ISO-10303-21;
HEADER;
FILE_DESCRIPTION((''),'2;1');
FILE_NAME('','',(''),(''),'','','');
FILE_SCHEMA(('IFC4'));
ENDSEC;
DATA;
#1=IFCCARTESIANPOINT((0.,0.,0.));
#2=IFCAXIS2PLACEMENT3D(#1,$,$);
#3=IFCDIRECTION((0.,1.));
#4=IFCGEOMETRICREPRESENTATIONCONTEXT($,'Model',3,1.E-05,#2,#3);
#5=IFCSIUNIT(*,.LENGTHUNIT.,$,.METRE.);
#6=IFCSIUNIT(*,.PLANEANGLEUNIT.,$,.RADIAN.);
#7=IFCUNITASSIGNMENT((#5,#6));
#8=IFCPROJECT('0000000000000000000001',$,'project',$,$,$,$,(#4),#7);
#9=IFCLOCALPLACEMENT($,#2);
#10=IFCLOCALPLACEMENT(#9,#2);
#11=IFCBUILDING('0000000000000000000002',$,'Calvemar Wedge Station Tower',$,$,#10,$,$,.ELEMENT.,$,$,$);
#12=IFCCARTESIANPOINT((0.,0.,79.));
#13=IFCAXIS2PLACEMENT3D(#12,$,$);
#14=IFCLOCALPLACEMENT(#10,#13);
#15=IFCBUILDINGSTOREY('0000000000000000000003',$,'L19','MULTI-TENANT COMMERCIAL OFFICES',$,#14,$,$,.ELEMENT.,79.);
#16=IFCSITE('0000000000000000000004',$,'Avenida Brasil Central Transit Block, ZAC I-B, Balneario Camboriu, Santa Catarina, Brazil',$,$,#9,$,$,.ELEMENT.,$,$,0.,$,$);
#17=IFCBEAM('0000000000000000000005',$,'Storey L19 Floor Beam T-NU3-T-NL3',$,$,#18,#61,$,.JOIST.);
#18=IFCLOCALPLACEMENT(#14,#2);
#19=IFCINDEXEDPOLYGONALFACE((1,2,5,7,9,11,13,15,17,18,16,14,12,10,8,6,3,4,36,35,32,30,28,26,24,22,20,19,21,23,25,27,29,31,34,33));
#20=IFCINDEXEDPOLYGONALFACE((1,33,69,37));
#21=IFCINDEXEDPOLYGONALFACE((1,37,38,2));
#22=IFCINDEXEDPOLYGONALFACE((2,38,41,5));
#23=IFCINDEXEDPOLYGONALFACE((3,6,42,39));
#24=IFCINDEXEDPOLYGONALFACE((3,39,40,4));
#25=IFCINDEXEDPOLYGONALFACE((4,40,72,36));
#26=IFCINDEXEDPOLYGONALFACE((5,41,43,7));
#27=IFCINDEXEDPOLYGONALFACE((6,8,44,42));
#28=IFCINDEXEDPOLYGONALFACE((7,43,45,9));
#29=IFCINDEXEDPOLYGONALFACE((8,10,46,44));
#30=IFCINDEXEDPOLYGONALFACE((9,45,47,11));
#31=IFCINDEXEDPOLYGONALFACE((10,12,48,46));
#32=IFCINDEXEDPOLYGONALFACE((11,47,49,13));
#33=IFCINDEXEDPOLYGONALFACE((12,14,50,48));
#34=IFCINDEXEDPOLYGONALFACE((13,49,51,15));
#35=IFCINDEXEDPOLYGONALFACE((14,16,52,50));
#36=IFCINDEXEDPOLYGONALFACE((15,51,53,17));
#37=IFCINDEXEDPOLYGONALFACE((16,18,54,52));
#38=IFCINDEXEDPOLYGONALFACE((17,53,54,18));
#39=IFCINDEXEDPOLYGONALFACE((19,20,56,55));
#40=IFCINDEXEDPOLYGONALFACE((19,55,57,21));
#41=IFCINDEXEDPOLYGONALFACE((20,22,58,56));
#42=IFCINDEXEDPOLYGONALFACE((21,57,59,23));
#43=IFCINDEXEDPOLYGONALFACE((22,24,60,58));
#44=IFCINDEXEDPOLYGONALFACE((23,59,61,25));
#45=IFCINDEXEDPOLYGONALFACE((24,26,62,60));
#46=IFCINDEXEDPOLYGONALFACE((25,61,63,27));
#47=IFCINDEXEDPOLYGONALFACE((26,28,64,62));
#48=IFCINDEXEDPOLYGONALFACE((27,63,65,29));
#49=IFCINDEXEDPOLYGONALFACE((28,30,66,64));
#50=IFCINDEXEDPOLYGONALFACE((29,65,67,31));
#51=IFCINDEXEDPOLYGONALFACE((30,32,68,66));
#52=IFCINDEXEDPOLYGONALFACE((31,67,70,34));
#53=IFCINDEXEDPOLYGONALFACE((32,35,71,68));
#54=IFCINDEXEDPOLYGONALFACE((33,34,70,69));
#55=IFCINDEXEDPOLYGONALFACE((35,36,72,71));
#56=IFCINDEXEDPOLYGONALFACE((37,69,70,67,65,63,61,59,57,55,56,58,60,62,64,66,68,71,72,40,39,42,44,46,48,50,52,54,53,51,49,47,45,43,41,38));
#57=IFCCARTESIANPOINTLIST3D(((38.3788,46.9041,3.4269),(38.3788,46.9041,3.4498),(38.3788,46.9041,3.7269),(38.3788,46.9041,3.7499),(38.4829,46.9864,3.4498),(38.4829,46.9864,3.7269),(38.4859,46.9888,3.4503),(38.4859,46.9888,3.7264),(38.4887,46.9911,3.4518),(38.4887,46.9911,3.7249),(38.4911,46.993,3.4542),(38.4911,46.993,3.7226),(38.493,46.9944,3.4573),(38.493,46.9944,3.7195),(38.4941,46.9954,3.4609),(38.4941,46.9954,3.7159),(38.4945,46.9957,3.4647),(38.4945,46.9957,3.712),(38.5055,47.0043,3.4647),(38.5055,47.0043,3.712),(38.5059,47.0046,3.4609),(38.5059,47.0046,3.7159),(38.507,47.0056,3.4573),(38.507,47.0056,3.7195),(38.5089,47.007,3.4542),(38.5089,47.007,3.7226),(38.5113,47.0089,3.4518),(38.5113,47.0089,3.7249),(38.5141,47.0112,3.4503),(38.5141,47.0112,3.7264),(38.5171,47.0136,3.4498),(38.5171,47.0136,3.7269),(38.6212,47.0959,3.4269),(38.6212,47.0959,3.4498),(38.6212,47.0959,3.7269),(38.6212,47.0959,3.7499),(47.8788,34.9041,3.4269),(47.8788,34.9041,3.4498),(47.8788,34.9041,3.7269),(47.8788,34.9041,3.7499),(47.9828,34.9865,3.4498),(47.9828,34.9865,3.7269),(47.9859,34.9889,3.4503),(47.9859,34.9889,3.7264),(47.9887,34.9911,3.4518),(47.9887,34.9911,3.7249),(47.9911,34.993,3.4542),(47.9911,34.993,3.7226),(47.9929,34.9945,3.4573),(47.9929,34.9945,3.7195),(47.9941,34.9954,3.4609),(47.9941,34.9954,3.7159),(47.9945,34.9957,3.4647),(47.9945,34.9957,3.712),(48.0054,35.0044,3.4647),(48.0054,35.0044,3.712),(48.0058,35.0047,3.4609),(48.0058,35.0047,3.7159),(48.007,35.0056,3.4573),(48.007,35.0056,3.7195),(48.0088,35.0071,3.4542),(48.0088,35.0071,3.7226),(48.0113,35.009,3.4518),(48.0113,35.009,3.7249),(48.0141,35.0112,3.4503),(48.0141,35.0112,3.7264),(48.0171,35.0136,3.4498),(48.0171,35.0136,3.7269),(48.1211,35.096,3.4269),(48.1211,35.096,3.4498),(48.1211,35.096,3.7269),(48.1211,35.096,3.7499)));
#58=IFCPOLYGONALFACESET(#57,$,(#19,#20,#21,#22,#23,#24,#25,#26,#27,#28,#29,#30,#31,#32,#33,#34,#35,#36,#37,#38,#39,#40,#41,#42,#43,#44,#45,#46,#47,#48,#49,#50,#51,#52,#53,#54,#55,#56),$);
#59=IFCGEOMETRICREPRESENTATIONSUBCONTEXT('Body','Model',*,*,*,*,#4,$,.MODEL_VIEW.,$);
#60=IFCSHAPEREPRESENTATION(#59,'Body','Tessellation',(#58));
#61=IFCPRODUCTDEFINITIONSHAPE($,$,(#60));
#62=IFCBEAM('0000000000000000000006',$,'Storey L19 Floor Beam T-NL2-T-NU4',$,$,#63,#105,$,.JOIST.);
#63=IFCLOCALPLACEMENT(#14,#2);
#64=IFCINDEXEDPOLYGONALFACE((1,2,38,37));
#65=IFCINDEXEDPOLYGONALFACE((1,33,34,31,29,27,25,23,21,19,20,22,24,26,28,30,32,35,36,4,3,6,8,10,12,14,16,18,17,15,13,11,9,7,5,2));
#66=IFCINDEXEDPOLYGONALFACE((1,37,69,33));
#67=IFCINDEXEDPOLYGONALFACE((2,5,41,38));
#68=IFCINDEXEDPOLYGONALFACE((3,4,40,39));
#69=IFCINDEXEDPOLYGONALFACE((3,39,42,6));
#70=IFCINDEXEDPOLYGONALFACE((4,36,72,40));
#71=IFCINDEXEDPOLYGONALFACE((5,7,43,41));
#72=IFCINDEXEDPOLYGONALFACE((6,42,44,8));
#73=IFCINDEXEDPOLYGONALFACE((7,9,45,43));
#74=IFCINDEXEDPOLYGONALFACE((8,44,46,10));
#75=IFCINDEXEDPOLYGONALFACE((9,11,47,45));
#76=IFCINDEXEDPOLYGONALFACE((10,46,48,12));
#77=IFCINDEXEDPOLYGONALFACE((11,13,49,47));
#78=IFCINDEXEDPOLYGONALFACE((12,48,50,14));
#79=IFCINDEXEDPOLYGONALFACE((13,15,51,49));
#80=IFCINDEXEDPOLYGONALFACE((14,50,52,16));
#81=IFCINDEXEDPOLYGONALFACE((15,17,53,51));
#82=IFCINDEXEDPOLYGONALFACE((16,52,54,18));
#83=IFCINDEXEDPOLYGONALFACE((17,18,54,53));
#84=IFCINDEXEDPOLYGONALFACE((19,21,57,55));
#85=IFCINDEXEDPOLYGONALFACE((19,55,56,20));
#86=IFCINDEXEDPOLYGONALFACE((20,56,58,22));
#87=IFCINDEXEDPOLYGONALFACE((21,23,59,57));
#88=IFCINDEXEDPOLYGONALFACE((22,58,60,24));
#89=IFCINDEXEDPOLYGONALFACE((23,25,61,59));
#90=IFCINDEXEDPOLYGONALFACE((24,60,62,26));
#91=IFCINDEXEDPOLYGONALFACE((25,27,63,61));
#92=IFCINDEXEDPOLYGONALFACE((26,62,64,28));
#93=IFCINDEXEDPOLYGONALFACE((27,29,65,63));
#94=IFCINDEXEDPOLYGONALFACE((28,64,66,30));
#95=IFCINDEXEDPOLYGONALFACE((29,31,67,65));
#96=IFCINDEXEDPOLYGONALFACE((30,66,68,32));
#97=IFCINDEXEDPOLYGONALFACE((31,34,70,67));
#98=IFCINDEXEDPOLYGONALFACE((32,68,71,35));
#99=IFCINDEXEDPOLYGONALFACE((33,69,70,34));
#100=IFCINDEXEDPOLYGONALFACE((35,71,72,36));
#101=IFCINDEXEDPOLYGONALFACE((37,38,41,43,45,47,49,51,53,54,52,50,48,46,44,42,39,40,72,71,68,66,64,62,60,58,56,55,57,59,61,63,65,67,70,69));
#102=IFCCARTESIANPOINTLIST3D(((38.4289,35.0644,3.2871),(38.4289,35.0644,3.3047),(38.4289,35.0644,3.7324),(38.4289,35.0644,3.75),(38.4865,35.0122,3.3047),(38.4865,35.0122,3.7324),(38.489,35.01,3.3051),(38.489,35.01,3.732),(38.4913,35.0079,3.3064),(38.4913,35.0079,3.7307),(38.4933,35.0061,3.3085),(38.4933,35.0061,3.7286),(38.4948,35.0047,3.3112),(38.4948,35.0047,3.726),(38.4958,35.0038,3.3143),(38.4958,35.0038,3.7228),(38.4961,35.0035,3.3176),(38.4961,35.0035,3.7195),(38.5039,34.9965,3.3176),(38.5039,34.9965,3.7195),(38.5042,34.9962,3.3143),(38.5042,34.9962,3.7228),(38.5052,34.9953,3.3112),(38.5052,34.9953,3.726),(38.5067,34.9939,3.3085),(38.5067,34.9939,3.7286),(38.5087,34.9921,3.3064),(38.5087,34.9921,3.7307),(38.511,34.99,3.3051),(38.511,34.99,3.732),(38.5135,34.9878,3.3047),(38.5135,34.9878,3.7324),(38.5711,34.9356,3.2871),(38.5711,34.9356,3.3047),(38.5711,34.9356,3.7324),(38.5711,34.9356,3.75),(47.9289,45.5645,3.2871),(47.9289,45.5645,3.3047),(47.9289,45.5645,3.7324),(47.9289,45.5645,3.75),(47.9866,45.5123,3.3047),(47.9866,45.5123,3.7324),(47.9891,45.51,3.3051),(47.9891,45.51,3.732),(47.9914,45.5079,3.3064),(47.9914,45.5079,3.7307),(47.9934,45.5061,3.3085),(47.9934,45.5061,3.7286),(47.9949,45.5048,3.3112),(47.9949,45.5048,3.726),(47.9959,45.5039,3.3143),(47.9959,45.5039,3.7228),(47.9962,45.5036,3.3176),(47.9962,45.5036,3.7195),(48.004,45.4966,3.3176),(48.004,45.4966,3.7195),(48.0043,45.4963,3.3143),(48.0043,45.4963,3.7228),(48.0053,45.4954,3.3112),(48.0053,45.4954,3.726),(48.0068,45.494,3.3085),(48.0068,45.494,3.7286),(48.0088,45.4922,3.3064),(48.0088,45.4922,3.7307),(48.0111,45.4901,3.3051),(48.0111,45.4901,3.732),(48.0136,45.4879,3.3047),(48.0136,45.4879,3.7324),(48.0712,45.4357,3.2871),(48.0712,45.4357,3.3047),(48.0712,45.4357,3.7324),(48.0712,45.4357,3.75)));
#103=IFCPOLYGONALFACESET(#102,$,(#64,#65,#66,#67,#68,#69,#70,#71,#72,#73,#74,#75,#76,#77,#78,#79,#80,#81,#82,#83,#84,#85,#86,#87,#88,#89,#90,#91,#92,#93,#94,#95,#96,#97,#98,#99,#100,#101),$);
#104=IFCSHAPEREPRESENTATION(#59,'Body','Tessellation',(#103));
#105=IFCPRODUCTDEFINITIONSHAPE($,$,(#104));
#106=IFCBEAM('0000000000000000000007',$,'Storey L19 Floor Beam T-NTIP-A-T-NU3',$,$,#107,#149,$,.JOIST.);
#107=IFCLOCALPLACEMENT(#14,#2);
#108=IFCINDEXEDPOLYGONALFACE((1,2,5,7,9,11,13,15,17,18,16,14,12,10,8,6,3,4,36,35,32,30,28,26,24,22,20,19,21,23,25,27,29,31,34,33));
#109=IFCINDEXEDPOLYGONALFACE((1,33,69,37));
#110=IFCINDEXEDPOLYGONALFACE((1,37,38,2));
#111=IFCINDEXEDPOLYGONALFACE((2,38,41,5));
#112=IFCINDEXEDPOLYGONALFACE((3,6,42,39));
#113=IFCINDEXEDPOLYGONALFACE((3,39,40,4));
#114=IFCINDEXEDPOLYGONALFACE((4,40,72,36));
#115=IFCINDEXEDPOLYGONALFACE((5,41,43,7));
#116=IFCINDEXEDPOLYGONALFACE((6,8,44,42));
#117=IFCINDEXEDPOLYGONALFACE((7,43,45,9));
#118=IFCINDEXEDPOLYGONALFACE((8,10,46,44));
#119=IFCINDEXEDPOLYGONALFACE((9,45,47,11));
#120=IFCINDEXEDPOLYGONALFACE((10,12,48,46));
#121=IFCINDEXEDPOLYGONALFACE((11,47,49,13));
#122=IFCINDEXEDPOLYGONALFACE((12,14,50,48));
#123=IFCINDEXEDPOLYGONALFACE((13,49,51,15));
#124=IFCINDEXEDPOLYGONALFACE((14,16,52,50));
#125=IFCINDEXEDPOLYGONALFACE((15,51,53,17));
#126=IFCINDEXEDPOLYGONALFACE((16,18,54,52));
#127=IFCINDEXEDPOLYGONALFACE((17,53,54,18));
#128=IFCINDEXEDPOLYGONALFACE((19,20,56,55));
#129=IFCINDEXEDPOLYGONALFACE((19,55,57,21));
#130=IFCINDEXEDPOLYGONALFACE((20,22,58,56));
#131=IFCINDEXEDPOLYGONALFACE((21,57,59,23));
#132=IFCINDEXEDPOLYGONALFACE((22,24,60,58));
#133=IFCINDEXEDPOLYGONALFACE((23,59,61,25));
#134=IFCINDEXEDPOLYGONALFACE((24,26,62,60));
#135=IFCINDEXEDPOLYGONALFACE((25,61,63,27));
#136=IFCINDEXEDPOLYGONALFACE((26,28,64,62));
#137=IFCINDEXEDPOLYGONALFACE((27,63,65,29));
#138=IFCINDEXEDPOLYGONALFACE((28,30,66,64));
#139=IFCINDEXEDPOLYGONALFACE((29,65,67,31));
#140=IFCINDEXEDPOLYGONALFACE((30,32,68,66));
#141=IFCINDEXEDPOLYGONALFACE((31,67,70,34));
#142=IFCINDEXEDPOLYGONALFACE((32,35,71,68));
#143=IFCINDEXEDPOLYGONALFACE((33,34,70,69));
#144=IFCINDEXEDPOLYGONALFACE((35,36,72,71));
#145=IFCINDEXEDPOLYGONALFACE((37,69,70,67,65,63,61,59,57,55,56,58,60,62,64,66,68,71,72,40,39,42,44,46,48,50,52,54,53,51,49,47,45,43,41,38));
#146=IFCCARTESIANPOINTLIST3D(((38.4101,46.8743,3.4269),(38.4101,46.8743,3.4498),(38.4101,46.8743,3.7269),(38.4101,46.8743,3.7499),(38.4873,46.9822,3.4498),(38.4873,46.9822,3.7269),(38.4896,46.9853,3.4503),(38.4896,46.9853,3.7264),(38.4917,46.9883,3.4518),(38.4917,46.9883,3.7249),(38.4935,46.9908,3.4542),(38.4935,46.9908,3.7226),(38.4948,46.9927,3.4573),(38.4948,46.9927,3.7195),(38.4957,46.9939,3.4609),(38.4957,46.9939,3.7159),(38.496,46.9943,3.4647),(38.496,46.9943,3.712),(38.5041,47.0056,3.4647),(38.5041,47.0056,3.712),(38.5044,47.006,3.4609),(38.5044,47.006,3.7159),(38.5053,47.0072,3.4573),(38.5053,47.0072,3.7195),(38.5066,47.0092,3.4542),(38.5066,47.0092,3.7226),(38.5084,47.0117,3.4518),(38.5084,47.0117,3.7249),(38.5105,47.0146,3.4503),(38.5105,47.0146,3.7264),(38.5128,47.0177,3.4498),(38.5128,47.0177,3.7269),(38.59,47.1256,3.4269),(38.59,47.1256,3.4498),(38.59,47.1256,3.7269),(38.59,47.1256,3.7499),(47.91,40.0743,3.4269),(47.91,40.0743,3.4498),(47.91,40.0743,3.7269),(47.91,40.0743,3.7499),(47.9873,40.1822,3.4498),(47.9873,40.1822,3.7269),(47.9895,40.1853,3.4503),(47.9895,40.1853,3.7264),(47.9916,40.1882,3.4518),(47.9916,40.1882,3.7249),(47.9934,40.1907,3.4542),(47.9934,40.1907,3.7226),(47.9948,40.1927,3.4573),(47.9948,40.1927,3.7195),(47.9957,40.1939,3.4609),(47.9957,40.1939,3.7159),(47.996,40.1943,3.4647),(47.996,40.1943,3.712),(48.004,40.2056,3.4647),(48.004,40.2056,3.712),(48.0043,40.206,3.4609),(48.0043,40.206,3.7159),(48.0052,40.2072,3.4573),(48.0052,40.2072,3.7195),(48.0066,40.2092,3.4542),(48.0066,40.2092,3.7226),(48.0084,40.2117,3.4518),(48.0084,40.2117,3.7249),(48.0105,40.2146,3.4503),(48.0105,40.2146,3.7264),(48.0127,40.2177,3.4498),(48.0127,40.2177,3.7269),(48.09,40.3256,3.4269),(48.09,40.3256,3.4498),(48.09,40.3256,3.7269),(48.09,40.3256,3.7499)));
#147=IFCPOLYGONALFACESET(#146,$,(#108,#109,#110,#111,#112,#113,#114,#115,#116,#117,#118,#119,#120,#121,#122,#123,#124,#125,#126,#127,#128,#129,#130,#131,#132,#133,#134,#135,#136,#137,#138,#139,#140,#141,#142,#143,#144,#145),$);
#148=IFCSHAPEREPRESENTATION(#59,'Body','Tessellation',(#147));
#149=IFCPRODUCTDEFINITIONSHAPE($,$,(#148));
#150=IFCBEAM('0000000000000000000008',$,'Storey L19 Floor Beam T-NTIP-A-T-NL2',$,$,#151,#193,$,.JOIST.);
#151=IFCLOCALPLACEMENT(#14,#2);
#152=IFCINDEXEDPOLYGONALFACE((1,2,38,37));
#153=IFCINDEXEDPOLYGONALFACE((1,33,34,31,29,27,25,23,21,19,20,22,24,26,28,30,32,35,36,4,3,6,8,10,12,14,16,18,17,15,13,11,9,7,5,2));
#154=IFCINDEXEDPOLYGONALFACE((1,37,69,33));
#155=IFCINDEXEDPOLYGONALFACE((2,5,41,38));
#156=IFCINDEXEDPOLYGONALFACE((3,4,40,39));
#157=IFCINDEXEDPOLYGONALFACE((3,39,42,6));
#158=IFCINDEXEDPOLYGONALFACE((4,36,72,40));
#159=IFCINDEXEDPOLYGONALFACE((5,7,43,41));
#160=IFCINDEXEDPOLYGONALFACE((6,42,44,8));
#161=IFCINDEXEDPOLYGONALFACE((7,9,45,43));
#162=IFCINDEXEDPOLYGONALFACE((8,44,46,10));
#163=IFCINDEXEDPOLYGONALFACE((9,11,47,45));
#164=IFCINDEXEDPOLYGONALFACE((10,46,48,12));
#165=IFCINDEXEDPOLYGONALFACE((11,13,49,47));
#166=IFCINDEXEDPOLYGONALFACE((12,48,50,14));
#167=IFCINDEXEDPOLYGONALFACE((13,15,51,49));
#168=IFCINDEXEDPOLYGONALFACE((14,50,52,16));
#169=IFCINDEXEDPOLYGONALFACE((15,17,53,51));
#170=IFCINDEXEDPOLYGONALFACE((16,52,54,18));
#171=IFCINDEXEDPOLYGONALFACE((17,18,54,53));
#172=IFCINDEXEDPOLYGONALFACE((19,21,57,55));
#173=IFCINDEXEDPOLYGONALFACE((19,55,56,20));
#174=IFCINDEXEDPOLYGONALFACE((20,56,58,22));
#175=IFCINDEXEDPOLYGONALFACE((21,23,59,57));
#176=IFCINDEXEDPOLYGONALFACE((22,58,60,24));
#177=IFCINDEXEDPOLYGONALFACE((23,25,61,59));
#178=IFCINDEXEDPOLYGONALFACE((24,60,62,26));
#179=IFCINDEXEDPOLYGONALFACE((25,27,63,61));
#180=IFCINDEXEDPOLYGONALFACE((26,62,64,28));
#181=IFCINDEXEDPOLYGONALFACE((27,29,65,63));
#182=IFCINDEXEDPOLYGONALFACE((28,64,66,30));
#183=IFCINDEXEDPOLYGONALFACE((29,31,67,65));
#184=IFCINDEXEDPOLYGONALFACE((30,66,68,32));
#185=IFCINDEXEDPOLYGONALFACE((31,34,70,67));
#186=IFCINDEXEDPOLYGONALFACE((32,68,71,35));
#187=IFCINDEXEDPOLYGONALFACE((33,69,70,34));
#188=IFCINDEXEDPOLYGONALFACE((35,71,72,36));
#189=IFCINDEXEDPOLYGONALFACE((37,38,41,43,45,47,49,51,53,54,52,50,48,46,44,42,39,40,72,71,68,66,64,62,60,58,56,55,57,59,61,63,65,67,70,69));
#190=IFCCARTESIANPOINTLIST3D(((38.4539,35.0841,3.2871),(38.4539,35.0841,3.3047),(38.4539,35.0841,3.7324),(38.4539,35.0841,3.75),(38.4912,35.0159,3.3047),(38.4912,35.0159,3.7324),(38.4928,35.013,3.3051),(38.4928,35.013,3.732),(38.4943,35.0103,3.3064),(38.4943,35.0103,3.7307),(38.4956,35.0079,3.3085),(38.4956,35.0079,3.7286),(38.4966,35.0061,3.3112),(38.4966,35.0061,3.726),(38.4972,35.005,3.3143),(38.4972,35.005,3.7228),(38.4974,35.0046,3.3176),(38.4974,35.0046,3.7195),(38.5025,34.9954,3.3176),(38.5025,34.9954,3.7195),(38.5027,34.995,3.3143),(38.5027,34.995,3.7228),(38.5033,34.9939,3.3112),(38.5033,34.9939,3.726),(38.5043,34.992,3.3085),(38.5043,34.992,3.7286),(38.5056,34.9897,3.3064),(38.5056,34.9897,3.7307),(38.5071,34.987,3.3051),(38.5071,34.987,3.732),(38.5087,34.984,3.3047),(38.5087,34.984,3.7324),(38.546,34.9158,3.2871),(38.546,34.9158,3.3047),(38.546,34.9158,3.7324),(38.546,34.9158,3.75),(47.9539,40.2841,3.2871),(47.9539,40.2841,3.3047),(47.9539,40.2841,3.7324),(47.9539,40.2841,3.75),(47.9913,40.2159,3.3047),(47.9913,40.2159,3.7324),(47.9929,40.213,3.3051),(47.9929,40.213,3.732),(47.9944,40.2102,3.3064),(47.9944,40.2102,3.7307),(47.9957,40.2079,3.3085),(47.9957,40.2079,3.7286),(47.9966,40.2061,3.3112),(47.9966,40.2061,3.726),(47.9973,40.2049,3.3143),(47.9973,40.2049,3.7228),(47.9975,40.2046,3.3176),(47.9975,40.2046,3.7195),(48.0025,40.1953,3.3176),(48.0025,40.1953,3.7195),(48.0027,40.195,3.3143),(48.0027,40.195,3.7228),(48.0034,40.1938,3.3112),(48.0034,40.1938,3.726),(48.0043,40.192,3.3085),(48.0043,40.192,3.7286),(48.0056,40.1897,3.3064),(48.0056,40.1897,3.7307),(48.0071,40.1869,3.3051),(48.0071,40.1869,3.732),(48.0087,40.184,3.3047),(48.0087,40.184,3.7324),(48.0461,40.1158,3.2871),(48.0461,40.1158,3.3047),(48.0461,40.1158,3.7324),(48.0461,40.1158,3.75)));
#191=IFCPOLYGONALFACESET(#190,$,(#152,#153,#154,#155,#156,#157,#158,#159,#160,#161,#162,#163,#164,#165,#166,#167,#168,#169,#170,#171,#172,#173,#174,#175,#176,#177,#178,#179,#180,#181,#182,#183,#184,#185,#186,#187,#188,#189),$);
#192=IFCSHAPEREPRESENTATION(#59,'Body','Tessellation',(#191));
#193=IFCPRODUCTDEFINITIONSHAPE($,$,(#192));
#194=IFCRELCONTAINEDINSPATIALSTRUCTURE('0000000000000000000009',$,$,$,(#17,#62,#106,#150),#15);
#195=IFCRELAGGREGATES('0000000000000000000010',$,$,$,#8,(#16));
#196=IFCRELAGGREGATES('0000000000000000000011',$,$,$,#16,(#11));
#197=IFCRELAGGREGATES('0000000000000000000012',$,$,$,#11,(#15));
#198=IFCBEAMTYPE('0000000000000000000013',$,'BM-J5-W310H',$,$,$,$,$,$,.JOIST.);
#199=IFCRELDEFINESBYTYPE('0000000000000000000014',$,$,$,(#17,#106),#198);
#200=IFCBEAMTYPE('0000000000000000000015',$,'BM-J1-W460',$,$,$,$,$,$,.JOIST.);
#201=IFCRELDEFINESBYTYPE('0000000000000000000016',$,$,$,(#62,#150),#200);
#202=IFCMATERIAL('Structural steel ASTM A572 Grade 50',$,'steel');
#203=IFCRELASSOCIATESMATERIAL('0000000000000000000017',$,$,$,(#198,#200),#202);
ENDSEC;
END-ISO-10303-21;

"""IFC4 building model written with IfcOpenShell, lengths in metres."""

from ifc_helpers import new_model, si_unit, direction, frame, origin, origin_2d, place, context, subcontext, project, spatial, i_section, extrude, source, transform, mapped, material, material_profile, profile_set, type_object, element, save


model = new_model("IFC4")

# Units and contexts
model_context = context("Model", 3, precision=1e-05, world=origin(), true_north=direction((0.0, 1.0)))
body_context = subcontext(model_context, "Body", "Model", "MODEL_VIEW")
ifc_project = project(units=[si_unit("LENGTHUNIT", "METRE"), si_unit("PLANEANGLEUNIT", "RADIAN")], contexts=[model_context])

# Site, building, storey
site_placement = place(None, origin())
site = spatial("IfcSite", under=ifc_project, at=site_placement, Name="Avenida Brasil Central Transit Block, ZAC I-B, Balneario Camboriu, Santa Catarina, Brazil", CompositionType="ELEMENT", RefElevation=0.0)
building_placement = place(site_placement, origin())
building = spatial("IfcBuilding", under=site, at=building_placement, Name="Calvemar Wedge Station Tower", CompositionType="ELEMENT")
storey_placement = place(building_placement, frame((0.0, 0.0, 79.0)))
storey = spatial("IfcBuildingStorey", under=building, at=storey_placement, Name="L19", Description="MULTI-TENANT COMMERCIAL OFFICES", CompositionType="ELEMENT", Elevation=79.0)

# Shared definitions
ifc_material_1 = material(Name="Structural steel ASTM A572 Grade 50", Category="steel")

# Beams
ifc_material_profile_1 = material_profile(ifc_material_1, i_section(OverallWidth=0.3091, OverallDepth=0.323, WebThickness=0.0139, FlangeThickness=0.0229, FilletRadius=0.0149, at=origin_2d()), Name="W310x143")
ifc_profile_set_1 = profile_set([ifc_material_profile_1], Name="Structural steel ASTM A572 Grade 50")
beam_type_1 = type_object("IfcBeamType", Name="BM-J5-W310H", PredefinedType="JOIST", material=ifc_profile_set_1)
shared_shape_1 = source(origin(), body_context, "Body", "SweptSolid", [
    extrude(i_section(OverallWidth=0.3091, OverallDepth=0.323, WebThickness=0.0139, FlangeThickness=0.0229, FilletRadius=0.0149, at=origin_2d()), origin(), (0.0, 0.0, 1.0), 15.3052),
])
beam_1_placement = place(storey_placement, frame((38.5, 47.0, 3.5884), z_axis=(0.620703, -0.784046, 0.0), x_axis=(0.784046, 0.620703, 0.0)))
element("IfcBeam", 1, at=beam_1_placement, inside=storey, type_object=beam_type_1, Name="Storey L19 Floor Beam T-NU3-T-NL3", PredefinedType="JOIST", context=body_context, shape_type="MappedRepresentation", body=[
    mapped(shared_shape_1, transform((0.0, 0.0, 0.0), scale=1.0)),
])
ifc_material_profile_2 = material_profile(ifc_material_1, i_section(OverallWidth=0.1919, OverallDepth=0.4629, WebThickness=0.0105, FlangeThickness=0.0176, FilletRadius=0.0129, at=origin_2d()), Name="W460x89")
ifc_profile_set_2 = profile_set([ifc_material_profile_2], Name="Structural steel ASTM A572 Grade 50")
beam_type_2 = type_object("IfcBeamType", Name="BM-J1-W460", PredefinedType="JOIST", material=ifc_profile_set_2)
shared_shape_2 = source(origin(), body_context, "Body", "SweptSolid", [
    extrude(i_section(OverallWidth=0.1919, OverallDepth=0.4629, WebThickness=0.0105, FlangeThickness=0.0176, FilletRadius=0.0129, at=origin_2d()), origin(), (0.0, 0.0, 1.0), 14.1599),
])
beam_2_placement = place(storey_placement, frame((38.5, 35.0, 3.5186), z_axis=(0.670913, 0.741536, 0.0), x_axis=(-0.741536, 0.670913, 0.0)))
element("IfcBeam", 2, at=beam_2_placement, inside=storey, type_object=beam_type_2, Name="Storey L19 Floor Beam T-NL2-T-NU4", PredefinedType="JOIST", context=body_context, shape_type="MappedRepresentation", body=[
    mapped(shared_shape_2, transform((0.0, 0.0, 0.0), scale=1.0)),
])
shared_shape_3 = source(origin(), body_context, "Body", "SweptSolid", [
    extrude(i_section(OverallWidth=0.3091, OverallDepth=0.323, WebThickness=0.0139, FlangeThickness=0.0229, FilletRadius=0.0149, at=origin_2d()), origin(), (0.0, 0.0, 1.0), 11.6829),
])
beam_3_placement = place(storey_placement, frame((48.0, 40.2, 3.5884), z_axis=(-0.813153, 0.58205, 0.0), x_axis=(-0.58205, -0.813153, 0.0)))
element("IfcBeam", 3, at=beam_3_placement, inside=storey, type_object=beam_type_1, Name="Storey L19 Floor Beam T-NTIP-A-T-NU3", PredefinedType="JOIST", context=body_context, shape_type="MappedRepresentation", body=[
    mapped(shared_shape_3, transform((0.0, 0.0, 0.0), scale=1.0)),
])
shared_shape_4 = source(origin(), body_context, "Body", "SweptSolid", [
    extrude(i_section(OverallWidth=0.1919, OverallDepth=0.4629, WebThickness=0.0105, FlangeThickness=0.0176, FilletRadius=0.0129, at=origin_2d()), origin(), (0.0, 0.0, 1.0), 10.8301),
])
beam_4_placement = place(storey_placement, frame((48.0, 40.2, 3.5186), z_axis=(-0.877191, -0.480142, 0.0), x_axis=(0.480142, -0.877191, 0.0)))
element("IfcBeam", 4, at=beam_4_placement, inside=storey, type_object=beam_type_2, Name="Storey L19 Floor Beam T-NTIP-A-T-NL2", PredefinedType="JOIST", context=body_context, shape_type="MappedRepresentation", body=[
    mapped(shared_shape_4, transform((0.0, 0.0, 0.0), scale=1.0)),
])

save(model, "model.ifc")
